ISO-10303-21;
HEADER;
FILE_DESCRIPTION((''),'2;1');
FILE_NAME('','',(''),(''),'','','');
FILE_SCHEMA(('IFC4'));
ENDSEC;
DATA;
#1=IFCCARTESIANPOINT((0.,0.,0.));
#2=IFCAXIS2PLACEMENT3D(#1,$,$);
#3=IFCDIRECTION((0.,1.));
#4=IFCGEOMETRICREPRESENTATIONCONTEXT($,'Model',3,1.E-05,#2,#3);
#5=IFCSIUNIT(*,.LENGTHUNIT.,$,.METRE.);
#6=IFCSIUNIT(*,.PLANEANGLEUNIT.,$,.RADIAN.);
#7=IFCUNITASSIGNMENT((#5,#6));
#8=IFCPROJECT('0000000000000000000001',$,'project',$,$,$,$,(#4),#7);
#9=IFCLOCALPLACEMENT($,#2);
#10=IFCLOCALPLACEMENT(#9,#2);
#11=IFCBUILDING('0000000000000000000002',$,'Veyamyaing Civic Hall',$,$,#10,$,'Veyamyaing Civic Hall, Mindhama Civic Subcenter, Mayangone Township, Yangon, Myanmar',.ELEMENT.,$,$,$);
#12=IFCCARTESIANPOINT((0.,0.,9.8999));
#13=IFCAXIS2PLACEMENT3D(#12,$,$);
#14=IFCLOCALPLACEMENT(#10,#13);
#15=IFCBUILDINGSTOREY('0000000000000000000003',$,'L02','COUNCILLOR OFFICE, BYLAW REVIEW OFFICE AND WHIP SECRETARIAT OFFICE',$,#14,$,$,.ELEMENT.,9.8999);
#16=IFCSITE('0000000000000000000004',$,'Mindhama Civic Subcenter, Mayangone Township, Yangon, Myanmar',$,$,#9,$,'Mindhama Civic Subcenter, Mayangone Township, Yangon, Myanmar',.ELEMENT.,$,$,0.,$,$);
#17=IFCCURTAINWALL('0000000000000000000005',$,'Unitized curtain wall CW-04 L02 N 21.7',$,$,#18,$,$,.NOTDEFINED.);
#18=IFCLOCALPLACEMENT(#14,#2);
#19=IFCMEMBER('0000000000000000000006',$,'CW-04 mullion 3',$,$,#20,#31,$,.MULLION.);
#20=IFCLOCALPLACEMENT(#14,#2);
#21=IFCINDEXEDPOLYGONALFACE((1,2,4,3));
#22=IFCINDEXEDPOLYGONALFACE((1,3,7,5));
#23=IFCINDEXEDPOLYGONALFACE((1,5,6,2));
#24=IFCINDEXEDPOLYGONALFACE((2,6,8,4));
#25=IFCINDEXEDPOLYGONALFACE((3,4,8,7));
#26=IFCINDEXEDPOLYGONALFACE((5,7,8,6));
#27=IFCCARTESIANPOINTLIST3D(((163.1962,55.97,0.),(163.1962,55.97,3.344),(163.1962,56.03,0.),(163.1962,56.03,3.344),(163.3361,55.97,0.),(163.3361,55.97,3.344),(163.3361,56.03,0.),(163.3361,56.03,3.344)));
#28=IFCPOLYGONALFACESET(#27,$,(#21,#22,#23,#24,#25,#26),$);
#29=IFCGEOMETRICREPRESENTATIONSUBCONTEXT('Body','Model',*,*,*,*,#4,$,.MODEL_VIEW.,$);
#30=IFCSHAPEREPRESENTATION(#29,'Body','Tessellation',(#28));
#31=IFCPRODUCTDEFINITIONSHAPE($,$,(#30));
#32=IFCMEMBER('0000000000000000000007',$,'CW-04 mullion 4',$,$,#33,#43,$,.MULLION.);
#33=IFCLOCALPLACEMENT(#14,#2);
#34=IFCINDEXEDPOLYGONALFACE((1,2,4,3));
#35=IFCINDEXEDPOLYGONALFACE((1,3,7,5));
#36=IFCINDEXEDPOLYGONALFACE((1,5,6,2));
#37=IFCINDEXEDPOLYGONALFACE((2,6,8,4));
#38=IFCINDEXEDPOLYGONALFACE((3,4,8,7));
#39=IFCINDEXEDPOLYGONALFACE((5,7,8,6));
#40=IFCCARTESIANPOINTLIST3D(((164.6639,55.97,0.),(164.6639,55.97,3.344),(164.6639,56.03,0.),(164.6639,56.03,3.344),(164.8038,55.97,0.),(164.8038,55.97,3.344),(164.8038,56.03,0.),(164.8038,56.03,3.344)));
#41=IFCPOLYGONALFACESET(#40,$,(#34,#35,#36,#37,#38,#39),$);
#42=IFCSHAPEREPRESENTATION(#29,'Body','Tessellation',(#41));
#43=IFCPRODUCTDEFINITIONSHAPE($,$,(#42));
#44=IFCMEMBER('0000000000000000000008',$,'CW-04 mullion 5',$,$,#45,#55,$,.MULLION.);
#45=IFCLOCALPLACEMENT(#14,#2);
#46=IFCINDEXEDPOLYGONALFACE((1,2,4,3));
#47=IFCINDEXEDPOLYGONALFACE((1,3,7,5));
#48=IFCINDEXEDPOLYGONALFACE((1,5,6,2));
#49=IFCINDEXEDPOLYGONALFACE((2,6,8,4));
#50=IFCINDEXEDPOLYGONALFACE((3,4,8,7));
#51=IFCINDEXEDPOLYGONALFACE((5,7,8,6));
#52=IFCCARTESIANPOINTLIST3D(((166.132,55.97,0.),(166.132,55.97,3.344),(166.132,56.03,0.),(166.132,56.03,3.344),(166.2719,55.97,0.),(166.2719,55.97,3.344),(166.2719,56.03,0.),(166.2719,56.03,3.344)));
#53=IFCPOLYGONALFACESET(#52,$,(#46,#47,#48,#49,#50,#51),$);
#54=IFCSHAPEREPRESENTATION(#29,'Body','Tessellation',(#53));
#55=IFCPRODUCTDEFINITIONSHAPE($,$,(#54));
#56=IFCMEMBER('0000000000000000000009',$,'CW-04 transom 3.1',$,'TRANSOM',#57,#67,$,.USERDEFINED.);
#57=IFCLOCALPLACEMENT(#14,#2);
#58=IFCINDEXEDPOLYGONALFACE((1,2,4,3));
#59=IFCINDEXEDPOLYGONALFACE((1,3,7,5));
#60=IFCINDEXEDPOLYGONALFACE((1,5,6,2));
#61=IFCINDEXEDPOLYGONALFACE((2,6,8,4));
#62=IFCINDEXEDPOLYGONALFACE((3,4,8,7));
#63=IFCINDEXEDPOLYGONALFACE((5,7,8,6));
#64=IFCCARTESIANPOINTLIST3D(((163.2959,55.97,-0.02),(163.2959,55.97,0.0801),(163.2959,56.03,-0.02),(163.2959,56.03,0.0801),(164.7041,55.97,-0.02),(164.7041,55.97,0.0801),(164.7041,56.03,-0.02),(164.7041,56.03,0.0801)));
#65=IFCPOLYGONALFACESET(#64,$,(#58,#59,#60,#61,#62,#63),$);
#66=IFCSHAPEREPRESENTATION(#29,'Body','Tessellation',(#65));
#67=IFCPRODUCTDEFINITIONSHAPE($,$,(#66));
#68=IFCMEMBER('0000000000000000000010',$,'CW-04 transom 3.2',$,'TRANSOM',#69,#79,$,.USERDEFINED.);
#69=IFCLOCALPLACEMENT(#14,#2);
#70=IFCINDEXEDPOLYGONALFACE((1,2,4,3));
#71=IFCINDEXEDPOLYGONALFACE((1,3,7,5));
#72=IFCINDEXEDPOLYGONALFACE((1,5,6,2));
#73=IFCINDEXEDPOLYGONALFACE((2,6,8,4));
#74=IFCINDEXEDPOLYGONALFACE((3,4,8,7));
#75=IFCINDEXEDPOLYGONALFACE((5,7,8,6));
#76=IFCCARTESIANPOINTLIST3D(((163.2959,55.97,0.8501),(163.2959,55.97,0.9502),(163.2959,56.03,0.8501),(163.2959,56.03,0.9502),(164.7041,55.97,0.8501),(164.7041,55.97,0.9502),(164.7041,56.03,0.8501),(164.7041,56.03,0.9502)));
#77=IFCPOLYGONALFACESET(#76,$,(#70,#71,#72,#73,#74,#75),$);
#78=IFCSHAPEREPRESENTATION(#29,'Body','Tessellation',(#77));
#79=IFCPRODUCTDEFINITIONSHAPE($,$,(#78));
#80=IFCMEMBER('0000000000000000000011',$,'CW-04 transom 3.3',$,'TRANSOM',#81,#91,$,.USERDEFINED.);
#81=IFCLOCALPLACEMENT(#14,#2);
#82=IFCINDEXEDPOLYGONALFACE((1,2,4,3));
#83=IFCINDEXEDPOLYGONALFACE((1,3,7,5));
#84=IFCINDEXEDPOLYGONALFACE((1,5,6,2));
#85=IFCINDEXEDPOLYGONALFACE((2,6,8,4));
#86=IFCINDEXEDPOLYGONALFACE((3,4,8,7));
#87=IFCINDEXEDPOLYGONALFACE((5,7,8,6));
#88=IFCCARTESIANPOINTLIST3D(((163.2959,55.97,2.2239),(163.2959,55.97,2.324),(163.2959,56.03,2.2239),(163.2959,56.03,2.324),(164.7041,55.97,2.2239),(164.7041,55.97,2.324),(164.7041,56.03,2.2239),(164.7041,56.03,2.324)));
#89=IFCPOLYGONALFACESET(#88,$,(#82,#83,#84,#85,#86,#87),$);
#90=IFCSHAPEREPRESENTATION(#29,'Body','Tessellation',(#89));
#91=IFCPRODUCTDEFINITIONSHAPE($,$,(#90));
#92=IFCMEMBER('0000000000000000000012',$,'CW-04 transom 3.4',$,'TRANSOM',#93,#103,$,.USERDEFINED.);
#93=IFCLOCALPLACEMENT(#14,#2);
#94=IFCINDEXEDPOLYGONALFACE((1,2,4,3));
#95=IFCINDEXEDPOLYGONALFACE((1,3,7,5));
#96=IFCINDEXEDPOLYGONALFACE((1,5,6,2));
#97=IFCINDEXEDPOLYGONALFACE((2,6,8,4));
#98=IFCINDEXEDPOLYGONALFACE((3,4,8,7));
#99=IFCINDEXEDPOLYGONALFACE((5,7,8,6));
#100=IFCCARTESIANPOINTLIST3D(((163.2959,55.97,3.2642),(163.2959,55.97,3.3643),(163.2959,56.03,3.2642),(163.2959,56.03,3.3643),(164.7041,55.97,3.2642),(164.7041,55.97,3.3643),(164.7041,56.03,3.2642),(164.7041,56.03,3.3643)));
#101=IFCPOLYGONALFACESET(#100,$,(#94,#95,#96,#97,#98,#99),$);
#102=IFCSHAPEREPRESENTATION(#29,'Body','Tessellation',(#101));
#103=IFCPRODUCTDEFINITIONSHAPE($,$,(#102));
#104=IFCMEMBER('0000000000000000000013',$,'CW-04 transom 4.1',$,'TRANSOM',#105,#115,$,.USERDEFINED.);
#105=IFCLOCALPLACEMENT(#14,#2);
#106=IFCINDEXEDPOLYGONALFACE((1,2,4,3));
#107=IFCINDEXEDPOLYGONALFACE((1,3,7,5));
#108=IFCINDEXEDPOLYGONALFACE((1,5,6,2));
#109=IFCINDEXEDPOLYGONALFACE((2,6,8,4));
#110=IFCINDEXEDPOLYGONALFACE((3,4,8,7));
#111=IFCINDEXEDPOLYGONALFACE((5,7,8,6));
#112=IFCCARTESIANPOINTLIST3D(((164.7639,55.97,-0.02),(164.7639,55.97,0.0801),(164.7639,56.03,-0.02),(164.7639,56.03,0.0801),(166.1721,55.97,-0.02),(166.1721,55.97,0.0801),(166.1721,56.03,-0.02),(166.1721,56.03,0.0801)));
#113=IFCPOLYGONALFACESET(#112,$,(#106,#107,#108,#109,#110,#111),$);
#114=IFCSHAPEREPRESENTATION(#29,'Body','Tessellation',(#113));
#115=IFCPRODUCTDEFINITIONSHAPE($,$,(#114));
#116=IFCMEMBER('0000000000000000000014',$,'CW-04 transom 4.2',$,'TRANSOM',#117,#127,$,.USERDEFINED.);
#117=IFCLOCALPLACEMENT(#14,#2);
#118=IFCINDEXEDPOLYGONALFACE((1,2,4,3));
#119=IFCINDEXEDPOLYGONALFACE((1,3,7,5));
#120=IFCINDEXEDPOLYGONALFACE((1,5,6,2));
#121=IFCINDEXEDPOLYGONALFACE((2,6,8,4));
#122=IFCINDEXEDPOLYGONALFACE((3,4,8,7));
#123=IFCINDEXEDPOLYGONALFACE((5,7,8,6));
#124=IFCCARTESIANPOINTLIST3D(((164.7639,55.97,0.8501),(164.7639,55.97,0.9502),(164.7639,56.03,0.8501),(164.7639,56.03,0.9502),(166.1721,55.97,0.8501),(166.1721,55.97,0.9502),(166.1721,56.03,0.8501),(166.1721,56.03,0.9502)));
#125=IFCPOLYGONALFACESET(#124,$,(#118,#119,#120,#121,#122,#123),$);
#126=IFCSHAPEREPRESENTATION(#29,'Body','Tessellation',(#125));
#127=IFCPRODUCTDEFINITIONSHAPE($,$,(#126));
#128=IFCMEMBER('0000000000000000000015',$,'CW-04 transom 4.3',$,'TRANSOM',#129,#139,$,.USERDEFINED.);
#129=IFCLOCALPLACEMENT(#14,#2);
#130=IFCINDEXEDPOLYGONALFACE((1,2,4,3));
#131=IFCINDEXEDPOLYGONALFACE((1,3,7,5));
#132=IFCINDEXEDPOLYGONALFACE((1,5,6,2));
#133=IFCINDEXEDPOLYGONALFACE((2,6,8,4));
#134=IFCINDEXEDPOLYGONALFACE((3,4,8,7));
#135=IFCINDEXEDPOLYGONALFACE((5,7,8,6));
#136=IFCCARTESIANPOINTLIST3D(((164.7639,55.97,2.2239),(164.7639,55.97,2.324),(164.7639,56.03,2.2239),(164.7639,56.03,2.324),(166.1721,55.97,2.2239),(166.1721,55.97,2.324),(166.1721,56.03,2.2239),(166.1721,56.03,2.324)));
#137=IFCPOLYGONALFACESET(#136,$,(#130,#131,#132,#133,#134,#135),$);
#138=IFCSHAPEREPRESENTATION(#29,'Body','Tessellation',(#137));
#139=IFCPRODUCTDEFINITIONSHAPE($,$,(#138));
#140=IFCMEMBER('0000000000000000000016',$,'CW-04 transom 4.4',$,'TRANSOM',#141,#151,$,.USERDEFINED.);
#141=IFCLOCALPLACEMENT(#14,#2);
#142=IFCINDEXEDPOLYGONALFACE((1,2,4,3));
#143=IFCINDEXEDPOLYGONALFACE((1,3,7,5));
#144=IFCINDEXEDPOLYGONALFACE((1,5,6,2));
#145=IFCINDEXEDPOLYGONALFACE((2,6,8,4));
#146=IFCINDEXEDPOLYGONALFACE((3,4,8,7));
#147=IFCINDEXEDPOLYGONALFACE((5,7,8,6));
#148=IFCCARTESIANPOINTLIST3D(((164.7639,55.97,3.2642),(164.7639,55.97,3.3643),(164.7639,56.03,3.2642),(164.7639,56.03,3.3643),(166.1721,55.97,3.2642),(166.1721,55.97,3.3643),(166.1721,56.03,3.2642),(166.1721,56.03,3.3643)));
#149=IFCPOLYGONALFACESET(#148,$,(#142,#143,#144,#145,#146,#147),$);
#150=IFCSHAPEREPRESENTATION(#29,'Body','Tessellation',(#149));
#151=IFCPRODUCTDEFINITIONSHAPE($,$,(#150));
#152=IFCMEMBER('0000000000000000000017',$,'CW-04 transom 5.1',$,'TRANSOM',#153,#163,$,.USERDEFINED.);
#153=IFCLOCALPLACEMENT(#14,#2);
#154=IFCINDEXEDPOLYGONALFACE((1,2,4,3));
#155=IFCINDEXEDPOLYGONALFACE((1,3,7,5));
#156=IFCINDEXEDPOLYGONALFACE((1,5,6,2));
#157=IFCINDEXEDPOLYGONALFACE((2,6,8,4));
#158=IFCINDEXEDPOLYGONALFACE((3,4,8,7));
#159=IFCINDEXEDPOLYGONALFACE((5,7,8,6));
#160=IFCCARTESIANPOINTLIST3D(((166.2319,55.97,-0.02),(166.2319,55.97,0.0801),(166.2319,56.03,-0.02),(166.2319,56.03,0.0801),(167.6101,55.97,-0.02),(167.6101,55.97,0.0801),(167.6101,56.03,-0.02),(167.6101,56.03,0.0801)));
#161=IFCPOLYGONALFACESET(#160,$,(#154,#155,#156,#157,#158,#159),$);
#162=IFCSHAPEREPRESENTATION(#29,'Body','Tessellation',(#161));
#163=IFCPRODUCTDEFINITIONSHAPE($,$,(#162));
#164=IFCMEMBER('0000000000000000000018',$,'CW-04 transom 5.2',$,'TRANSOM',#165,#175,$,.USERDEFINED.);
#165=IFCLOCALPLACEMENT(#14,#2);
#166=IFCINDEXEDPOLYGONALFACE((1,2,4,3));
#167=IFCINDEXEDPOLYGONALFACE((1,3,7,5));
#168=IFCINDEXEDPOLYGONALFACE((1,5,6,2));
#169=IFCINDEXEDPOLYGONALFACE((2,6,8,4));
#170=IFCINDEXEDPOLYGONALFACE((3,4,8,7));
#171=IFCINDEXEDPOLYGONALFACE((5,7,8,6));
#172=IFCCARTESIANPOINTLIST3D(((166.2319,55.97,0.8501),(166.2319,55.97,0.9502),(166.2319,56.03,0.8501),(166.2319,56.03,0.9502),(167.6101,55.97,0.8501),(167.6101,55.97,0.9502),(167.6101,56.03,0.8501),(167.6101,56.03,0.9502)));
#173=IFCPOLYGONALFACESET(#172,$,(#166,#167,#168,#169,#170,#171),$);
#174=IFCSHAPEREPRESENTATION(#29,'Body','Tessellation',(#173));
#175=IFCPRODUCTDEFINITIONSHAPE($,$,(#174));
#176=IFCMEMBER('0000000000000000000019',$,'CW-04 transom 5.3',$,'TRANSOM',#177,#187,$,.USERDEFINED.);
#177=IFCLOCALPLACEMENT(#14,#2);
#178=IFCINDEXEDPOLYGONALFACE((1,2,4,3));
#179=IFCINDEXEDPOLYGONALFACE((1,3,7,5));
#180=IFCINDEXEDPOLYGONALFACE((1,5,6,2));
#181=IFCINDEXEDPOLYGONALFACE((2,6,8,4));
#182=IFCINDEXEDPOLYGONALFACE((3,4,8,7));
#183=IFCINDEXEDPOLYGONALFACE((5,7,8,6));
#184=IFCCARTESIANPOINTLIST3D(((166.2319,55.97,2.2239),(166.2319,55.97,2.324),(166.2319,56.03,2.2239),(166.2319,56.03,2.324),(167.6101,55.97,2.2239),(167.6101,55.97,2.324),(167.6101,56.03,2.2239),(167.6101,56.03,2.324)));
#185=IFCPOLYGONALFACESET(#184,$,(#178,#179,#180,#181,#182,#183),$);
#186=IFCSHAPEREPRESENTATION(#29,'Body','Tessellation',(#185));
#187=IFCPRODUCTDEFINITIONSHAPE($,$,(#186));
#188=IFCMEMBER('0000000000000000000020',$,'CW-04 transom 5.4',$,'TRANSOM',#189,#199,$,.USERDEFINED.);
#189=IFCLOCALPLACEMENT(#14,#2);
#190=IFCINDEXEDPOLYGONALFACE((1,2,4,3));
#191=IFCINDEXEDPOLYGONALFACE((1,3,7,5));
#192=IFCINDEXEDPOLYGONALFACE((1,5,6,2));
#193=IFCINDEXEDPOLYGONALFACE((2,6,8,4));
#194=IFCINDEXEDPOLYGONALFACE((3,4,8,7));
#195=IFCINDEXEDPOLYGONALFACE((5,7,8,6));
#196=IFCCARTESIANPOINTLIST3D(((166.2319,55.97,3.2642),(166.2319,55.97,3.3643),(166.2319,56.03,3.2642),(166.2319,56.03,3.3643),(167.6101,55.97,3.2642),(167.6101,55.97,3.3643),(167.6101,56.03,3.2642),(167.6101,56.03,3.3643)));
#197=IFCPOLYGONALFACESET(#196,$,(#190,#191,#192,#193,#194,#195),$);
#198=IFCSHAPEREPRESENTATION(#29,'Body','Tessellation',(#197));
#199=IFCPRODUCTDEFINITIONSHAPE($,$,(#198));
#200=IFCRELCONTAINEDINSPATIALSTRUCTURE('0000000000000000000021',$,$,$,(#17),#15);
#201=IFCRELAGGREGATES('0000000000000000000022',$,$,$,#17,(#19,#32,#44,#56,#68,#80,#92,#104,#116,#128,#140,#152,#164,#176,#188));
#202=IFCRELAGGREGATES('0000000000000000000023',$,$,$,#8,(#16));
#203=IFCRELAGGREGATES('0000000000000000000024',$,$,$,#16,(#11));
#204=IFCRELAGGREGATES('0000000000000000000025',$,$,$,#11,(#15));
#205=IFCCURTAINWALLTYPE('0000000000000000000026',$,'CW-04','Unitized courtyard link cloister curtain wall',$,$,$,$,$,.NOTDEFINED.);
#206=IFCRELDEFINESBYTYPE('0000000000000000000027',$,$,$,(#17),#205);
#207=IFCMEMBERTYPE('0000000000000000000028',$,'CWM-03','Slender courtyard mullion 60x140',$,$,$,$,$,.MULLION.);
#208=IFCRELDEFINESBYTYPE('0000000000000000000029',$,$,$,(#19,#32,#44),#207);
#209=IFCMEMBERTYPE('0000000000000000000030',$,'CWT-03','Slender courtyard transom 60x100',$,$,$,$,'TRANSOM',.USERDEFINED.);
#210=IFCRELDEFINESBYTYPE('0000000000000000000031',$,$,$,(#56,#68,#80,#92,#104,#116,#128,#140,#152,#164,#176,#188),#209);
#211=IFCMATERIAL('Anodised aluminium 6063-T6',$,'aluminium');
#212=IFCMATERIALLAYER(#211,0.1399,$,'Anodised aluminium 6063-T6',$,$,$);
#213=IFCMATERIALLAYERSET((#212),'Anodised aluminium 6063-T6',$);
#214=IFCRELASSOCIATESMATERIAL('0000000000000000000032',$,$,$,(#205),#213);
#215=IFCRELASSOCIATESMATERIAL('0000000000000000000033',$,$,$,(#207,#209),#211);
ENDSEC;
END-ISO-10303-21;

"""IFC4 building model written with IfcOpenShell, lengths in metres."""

from ifc_helpers import new_model, si_unit, direction, frame, origin, origin_2d, place, context, subcontext, project, spatial, rectangle, extrude, material, layer, layer_set, material_profile, profile_set, type_object, element, aggregate, save


model = new_model("IFC4")

# Units and contexts
model_context = context("Model", 3, precision=1e-05, world=origin(), true_north=direction((0.0, 1.0)))
body_context = subcontext(model_context, "Body", "Model", "MODEL_VIEW")
ifc_project = project(units=[si_unit("LENGTHUNIT", "METRE"), si_unit("PLANEANGLEUNIT", "RADIAN")], contexts=[model_context])

# Site, building, storey
site_placement = place(None, origin())
site = spatial("IfcSite", under=ifc_project, at=site_placement, Name="Mindhama Civic Subcenter, Mayangone Township, Yangon, Myanmar", LongName="Mindhama Civic Subcenter, Mayangone Township, Yangon, Myanmar", CompositionType="ELEMENT", RefElevation=0.0)
building_placement = place(site_placement, origin())
building = spatial("IfcBuilding", under=site, at=building_placement, Name="Veyamyaing Civic Hall", LongName="Veyamyaing Civic Hall, Mindhama Civic Subcenter, Mayangone Township, Yangon, Myanmar", CompositionType="ELEMENT")
storey_placement = place(building_placement, frame((0.0, 0.0, 9.8999)))
storey = spatial("IfcBuildingStorey", under=building, at=storey_placement, Name="L02", Description="COUNCILLOR OFFICE, BYLAW REVIEW OFFICE AND WHIP SECRETARIAT OFFICE", CompositionType="ELEMENT", Elevation=9.8999)

# Curtain wall, members
ifc_material_1 = material(Name="Anodised aluminium 6063-T6", Category="aluminium")
ifc_layer_1 = layer(ifc_material_1, 0.1399, Name="Anodised aluminium 6063-T6")
ifc_layer_set_1 = layer_set([ifc_layer_1], Name="Anodised aluminium 6063-T6")
curtain_wall_type = type_object("IfcCurtainWallType", Name="CW-04", Description="Unitized courtyard link cloister curtain wall", PredefinedType="NOTDEFINED", material=ifc_layer_set_1)
curtain_wall_placement = place(storey_placement, origin())
curtain_wall = element("IfcCurtainWall", 1, at=curtain_wall_placement, inside=storey, type_object=curtain_wall_type, Name="Unitized curtain wall CW-04 L02 N 21.7", PredefinedType="NOTDEFINED")
ifc_material_profile_1 = material_profile(ifc_material_1, rectangle(XDim=0.0601, YDim=0.1399, at=origin_2d()), Name="ALU-MUL-60X140")
ifc_profile_set_1 = profile_set([ifc_material_profile_1], Name="Anodised aluminium 6063-T6")
member_type_1 = type_object("IfcMemberType", Name="CWM-03", Description="Slender courtyard mullion 60x140", PredefinedType="MULLION", material=ifc_profile_set_1)
member_1_placement = place(storey_placement, frame((163.2661, 56.0, 0.0), z_axis=(0.0, 0.0, 1.0), x_axis=(0.0, 1.0, 0.0)))
member_1 = element("IfcMember", 2, at=member_1_placement, type_object=member_type_1, Name="CW-04 mullion 3", PredefinedType="MULLION", context=body_context, shape_type="SweptSolid", body=[
    extrude(rectangle(XDim=0.0601, YDim=0.1399, at=origin_2d()), origin(), (0.0, 0.0, 1.0), 3.344),
])
member_2_placement = place(storey_placement, frame((164.7339, 56.0, 0.0), z_axis=(0.0, 0.0, 1.0), x_axis=(0.0, 1.0, 0.0)))
member_2 = element("IfcMember", 3, at=member_2_placement, type_object=member_type_1, Name="CW-04 mullion 4", PredefinedType="MULLION", context=body_context, shape_type="SweptSolid", body=[
    extrude(rectangle(XDim=0.0601, YDim=0.1399, at=origin_2d()), origin(), (0.0, 0.0, 1.0), 3.344),
])
member_3_placement = place(storey_placement, frame((166.2019, 56.0, 0.0), z_axis=(0.0, 0.0, 1.0), x_axis=(0.0, 1.0, 0.0)))
member_3 = element("IfcMember", 4, at=member_3_placement, type_object=member_type_1, Name="CW-04 mullion 5", PredefinedType="MULLION", context=body_context, shape_type="SweptSolid", body=[
    extrude(rectangle(XDim=0.0601, YDim=0.1399, at=origin_2d()), origin(), (0.0, 0.0, 1.0), 3.344),
])
ifc_material_profile_2 = material_profile(ifc_material_1, rectangle(XDim=0.0601, YDim=0.1001, at=origin_2d()), Name="ALU-TRN-60X100")
ifc_profile_set_2 = profile_set([ifc_material_profile_2], Name="Anodised aluminium 6063-T6")
member_type_2 = type_object("IfcMemberType", Name="CWT-03", Description="Slender courtyard transom 60x100", ElementType="TRANSOM", PredefinedType="USERDEFINED", material=ifc_profile_set_2)
member_4_placement = place(storey_placement, frame((163.2959, 56.0, 0.03), z_axis=(1.0, 0.0, 0.0), x_axis=(0.0, 1.0, 0.0)))
member_4 = element("IfcMember", 5, at=member_4_placement, type_object=member_type_2, Name="CW-04 transom 3.1", ObjectType="TRANSOM", PredefinedType="USERDEFINED", context=body_context, shape_type="SweptSolid", body=[
    extrude(rectangle(XDim=0.0601, YDim=0.1001, at=origin_2d()), origin(), (0.0, 0.0, 1.0), 1.4082),
])
member_5_placement = place(storey_placement, frame((163.2959, 56.0, 0.9001), z_axis=(1.0, 0.0, 0.0), x_axis=(0.0, 1.0, 0.0)))
member_5 = element("IfcMember", 6, at=member_5_placement, type_object=member_type_2, Name="CW-04 transom 3.2", ObjectType="TRANSOM", PredefinedType="USERDEFINED", context=body_context, shape_type="SweptSolid", body=[
    extrude(rectangle(XDim=0.0601, YDim=0.1001, at=origin_2d()), origin(), (0.0, 0.0, 1.0), 1.4082),
])
member_6_placement = place(storey_placement, frame((163.2959, 56.0, 2.2739), z_axis=(1.0, 0.0, 0.0), x_axis=(0.0, 1.0, 0.0)))
member_6 = element("IfcMember", 7, at=member_6_placement, type_object=member_type_2, Name="CW-04 transom 3.3", ObjectType="TRANSOM", PredefinedType="USERDEFINED", context=body_context, shape_type="SweptSolid", body=[
    extrude(rectangle(XDim=0.0601, YDim=0.1001, at=origin_2d()), origin(), (0.0, 0.0, 1.0), 1.4082),
])
member_7_placement = place(storey_placement, frame((163.2959, 56.0, 3.3142), z_axis=(1.0, 0.0, 0.0), x_axis=(0.0, 1.0, 0.0)))
member_7 = element("IfcMember", 8, at=member_7_placement, type_object=member_type_2, Name="CW-04 transom 3.4", ObjectType="TRANSOM", PredefinedType="USERDEFINED", context=body_context, shape_type="SweptSolid", body=[
    extrude(rectangle(XDim=0.0601, YDim=0.1001, at=origin_2d()), origin(), (0.0, 0.0, 1.0), 1.4082),
])
member_8_placement = place(storey_placement, frame((164.7639, 56.0, 0.03), z_axis=(1.0, 0.0, 0.0), x_axis=(0.0, 1.0, 0.0)))
member_8 = element("IfcMember", 9, at=member_8_placement, type_object=member_type_2, Name="CW-04 transom 4.1", ObjectType="TRANSOM", PredefinedType="USERDEFINED", context=body_context, shape_type="SweptSolid", body=[
    extrude(rectangle(XDim=0.0601, YDim=0.1001, at=origin_2d()), origin(), (0.0, 0.0, 1.0), 1.4082),
])
member_9_placement = place(storey_placement, frame((164.7639, 56.0, 0.9001), z_axis=(1.0, 0.0, 0.0), x_axis=(0.0, 1.0, 0.0)))
member_9 = element("IfcMember", 10, at=member_9_placement, type_object=member_type_2, Name="CW-04 transom 4.2", ObjectType="TRANSOM", PredefinedType="USERDEFINED", context=body_context, shape_type="SweptSolid", body=[
    extrude(rectangle(XDim=0.0601, YDim=0.1001, at=origin_2d()), origin(), (0.0, 0.0, 1.0), 1.4082),
])
member_10_placement = place(storey_placement, frame((164.7639, 56.0, 2.2739), z_axis=(1.0, 0.0, 0.0), x_axis=(0.0, 1.0, 0.0)))
member_10 = element("IfcMember", 11, at=member_10_placement, type_object=member_type_2, Name="CW-04 transom 4.3", ObjectType="TRANSOM", PredefinedType="USERDEFINED", context=body_context, shape_type="SweptSolid", body=[
    extrude(rectangle(XDim=0.0601, YDim=0.1001, at=origin_2d()), origin(), (0.0, 0.0, 1.0), 1.4082),
])
member_11_placement = place(storey_placement, frame((164.7639, 56.0, 3.3142), z_axis=(1.0, 0.0, 0.0), x_axis=(0.0, 1.0, 0.0)))
member_11 = element("IfcMember", 12, at=member_11_placement, type_object=member_type_2, Name="CW-04 transom 4.4", ObjectType="TRANSOM", PredefinedType="USERDEFINED", context=body_context, shape_type="SweptSolid", body=[
    extrude(rectangle(XDim=0.0601, YDim=0.1001, at=origin_2d()), origin(), (0.0, 0.0, 1.0), 1.4082),
])
member_12_placement = place(storey_placement, frame((166.2319, 56.0, 0.03), z_axis=(1.0, 0.0, 0.0), x_axis=(0.0, 1.0, 0.0)))
member_12 = element("IfcMember", 13, at=member_12_placement, type_object=member_type_2, Name="CW-04 transom 5.1", ObjectType="TRANSOM", PredefinedType="USERDEFINED", context=body_context, shape_type="SweptSolid", body=[
    extrude(rectangle(XDim=0.0601, YDim=0.1001, at=origin_2d()), origin(), (0.0, 0.0, 1.0), 1.3782),
])
member_13_placement = place(storey_placement, frame((166.2319, 56.0, 0.9001), z_axis=(1.0, 0.0, 0.0), x_axis=(0.0, 1.0, 0.0)))
member_13 = element("IfcMember", 14, at=member_13_placement, type_object=member_type_2, Name="CW-04 transom 5.2", ObjectType="TRANSOM", PredefinedType="USERDEFINED", context=body_context, shape_type="SweptSolid", body=[
    extrude(rectangle(XDim=0.0601, YDim=0.1001, at=origin_2d()), origin(), (0.0, 0.0, 1.0), 1.3782),
])
member_14_placement = place(storey_placement, frame((166.2319, 56.0, 2.2739), z_axis=(1.0, 0.0, 0.0), x_axis=(0.0, 1.0, 0.0)))
member_14 = element("IfcMember", 15, at=member_14_placement, type_object=member_type_2, Name="CW-04 transom 5.3", ObjectType="TRANSOM", PredefinedType="USERDEFINED", context=body_context, shape_type="SweptSolid", body=[
    extrude(rectangle(XDim=0.0601, YDim=0.1001, at=origin_2d()), origin(), (0.0, 0.0, 1.0), 1.3782),
])
member_15_placement = place(storey_placement, frame((166.2319, 56.0, 3.3142), z_axis=(1.0, 0.0, 0.0), x_axis=(0.0, 1.0, 0.0)))
member_15 = element("IfcMember", 16, at=member_15_placement, type_object=member_type_2, Name="CW-04 transom 5.4", ObjectType="TRANSOM", PredefinedType="USERDEFINED", context=body_context, shape_type="SweptSolid", body=[
    extrude(rectangle(XDim=0.0601, YDim=0.1001, at=origin_2d()), origin(), (0.0, 0.0, 1.0), 1.3782),
])
aggregate(curtain_wall, [member_1, member_2, member_3, member_4, member_5, member_6, member_7, member_8, member_9, member_10, member_11, member_12, member_13, member_14, member_15])

save(model, "model.ifc")
